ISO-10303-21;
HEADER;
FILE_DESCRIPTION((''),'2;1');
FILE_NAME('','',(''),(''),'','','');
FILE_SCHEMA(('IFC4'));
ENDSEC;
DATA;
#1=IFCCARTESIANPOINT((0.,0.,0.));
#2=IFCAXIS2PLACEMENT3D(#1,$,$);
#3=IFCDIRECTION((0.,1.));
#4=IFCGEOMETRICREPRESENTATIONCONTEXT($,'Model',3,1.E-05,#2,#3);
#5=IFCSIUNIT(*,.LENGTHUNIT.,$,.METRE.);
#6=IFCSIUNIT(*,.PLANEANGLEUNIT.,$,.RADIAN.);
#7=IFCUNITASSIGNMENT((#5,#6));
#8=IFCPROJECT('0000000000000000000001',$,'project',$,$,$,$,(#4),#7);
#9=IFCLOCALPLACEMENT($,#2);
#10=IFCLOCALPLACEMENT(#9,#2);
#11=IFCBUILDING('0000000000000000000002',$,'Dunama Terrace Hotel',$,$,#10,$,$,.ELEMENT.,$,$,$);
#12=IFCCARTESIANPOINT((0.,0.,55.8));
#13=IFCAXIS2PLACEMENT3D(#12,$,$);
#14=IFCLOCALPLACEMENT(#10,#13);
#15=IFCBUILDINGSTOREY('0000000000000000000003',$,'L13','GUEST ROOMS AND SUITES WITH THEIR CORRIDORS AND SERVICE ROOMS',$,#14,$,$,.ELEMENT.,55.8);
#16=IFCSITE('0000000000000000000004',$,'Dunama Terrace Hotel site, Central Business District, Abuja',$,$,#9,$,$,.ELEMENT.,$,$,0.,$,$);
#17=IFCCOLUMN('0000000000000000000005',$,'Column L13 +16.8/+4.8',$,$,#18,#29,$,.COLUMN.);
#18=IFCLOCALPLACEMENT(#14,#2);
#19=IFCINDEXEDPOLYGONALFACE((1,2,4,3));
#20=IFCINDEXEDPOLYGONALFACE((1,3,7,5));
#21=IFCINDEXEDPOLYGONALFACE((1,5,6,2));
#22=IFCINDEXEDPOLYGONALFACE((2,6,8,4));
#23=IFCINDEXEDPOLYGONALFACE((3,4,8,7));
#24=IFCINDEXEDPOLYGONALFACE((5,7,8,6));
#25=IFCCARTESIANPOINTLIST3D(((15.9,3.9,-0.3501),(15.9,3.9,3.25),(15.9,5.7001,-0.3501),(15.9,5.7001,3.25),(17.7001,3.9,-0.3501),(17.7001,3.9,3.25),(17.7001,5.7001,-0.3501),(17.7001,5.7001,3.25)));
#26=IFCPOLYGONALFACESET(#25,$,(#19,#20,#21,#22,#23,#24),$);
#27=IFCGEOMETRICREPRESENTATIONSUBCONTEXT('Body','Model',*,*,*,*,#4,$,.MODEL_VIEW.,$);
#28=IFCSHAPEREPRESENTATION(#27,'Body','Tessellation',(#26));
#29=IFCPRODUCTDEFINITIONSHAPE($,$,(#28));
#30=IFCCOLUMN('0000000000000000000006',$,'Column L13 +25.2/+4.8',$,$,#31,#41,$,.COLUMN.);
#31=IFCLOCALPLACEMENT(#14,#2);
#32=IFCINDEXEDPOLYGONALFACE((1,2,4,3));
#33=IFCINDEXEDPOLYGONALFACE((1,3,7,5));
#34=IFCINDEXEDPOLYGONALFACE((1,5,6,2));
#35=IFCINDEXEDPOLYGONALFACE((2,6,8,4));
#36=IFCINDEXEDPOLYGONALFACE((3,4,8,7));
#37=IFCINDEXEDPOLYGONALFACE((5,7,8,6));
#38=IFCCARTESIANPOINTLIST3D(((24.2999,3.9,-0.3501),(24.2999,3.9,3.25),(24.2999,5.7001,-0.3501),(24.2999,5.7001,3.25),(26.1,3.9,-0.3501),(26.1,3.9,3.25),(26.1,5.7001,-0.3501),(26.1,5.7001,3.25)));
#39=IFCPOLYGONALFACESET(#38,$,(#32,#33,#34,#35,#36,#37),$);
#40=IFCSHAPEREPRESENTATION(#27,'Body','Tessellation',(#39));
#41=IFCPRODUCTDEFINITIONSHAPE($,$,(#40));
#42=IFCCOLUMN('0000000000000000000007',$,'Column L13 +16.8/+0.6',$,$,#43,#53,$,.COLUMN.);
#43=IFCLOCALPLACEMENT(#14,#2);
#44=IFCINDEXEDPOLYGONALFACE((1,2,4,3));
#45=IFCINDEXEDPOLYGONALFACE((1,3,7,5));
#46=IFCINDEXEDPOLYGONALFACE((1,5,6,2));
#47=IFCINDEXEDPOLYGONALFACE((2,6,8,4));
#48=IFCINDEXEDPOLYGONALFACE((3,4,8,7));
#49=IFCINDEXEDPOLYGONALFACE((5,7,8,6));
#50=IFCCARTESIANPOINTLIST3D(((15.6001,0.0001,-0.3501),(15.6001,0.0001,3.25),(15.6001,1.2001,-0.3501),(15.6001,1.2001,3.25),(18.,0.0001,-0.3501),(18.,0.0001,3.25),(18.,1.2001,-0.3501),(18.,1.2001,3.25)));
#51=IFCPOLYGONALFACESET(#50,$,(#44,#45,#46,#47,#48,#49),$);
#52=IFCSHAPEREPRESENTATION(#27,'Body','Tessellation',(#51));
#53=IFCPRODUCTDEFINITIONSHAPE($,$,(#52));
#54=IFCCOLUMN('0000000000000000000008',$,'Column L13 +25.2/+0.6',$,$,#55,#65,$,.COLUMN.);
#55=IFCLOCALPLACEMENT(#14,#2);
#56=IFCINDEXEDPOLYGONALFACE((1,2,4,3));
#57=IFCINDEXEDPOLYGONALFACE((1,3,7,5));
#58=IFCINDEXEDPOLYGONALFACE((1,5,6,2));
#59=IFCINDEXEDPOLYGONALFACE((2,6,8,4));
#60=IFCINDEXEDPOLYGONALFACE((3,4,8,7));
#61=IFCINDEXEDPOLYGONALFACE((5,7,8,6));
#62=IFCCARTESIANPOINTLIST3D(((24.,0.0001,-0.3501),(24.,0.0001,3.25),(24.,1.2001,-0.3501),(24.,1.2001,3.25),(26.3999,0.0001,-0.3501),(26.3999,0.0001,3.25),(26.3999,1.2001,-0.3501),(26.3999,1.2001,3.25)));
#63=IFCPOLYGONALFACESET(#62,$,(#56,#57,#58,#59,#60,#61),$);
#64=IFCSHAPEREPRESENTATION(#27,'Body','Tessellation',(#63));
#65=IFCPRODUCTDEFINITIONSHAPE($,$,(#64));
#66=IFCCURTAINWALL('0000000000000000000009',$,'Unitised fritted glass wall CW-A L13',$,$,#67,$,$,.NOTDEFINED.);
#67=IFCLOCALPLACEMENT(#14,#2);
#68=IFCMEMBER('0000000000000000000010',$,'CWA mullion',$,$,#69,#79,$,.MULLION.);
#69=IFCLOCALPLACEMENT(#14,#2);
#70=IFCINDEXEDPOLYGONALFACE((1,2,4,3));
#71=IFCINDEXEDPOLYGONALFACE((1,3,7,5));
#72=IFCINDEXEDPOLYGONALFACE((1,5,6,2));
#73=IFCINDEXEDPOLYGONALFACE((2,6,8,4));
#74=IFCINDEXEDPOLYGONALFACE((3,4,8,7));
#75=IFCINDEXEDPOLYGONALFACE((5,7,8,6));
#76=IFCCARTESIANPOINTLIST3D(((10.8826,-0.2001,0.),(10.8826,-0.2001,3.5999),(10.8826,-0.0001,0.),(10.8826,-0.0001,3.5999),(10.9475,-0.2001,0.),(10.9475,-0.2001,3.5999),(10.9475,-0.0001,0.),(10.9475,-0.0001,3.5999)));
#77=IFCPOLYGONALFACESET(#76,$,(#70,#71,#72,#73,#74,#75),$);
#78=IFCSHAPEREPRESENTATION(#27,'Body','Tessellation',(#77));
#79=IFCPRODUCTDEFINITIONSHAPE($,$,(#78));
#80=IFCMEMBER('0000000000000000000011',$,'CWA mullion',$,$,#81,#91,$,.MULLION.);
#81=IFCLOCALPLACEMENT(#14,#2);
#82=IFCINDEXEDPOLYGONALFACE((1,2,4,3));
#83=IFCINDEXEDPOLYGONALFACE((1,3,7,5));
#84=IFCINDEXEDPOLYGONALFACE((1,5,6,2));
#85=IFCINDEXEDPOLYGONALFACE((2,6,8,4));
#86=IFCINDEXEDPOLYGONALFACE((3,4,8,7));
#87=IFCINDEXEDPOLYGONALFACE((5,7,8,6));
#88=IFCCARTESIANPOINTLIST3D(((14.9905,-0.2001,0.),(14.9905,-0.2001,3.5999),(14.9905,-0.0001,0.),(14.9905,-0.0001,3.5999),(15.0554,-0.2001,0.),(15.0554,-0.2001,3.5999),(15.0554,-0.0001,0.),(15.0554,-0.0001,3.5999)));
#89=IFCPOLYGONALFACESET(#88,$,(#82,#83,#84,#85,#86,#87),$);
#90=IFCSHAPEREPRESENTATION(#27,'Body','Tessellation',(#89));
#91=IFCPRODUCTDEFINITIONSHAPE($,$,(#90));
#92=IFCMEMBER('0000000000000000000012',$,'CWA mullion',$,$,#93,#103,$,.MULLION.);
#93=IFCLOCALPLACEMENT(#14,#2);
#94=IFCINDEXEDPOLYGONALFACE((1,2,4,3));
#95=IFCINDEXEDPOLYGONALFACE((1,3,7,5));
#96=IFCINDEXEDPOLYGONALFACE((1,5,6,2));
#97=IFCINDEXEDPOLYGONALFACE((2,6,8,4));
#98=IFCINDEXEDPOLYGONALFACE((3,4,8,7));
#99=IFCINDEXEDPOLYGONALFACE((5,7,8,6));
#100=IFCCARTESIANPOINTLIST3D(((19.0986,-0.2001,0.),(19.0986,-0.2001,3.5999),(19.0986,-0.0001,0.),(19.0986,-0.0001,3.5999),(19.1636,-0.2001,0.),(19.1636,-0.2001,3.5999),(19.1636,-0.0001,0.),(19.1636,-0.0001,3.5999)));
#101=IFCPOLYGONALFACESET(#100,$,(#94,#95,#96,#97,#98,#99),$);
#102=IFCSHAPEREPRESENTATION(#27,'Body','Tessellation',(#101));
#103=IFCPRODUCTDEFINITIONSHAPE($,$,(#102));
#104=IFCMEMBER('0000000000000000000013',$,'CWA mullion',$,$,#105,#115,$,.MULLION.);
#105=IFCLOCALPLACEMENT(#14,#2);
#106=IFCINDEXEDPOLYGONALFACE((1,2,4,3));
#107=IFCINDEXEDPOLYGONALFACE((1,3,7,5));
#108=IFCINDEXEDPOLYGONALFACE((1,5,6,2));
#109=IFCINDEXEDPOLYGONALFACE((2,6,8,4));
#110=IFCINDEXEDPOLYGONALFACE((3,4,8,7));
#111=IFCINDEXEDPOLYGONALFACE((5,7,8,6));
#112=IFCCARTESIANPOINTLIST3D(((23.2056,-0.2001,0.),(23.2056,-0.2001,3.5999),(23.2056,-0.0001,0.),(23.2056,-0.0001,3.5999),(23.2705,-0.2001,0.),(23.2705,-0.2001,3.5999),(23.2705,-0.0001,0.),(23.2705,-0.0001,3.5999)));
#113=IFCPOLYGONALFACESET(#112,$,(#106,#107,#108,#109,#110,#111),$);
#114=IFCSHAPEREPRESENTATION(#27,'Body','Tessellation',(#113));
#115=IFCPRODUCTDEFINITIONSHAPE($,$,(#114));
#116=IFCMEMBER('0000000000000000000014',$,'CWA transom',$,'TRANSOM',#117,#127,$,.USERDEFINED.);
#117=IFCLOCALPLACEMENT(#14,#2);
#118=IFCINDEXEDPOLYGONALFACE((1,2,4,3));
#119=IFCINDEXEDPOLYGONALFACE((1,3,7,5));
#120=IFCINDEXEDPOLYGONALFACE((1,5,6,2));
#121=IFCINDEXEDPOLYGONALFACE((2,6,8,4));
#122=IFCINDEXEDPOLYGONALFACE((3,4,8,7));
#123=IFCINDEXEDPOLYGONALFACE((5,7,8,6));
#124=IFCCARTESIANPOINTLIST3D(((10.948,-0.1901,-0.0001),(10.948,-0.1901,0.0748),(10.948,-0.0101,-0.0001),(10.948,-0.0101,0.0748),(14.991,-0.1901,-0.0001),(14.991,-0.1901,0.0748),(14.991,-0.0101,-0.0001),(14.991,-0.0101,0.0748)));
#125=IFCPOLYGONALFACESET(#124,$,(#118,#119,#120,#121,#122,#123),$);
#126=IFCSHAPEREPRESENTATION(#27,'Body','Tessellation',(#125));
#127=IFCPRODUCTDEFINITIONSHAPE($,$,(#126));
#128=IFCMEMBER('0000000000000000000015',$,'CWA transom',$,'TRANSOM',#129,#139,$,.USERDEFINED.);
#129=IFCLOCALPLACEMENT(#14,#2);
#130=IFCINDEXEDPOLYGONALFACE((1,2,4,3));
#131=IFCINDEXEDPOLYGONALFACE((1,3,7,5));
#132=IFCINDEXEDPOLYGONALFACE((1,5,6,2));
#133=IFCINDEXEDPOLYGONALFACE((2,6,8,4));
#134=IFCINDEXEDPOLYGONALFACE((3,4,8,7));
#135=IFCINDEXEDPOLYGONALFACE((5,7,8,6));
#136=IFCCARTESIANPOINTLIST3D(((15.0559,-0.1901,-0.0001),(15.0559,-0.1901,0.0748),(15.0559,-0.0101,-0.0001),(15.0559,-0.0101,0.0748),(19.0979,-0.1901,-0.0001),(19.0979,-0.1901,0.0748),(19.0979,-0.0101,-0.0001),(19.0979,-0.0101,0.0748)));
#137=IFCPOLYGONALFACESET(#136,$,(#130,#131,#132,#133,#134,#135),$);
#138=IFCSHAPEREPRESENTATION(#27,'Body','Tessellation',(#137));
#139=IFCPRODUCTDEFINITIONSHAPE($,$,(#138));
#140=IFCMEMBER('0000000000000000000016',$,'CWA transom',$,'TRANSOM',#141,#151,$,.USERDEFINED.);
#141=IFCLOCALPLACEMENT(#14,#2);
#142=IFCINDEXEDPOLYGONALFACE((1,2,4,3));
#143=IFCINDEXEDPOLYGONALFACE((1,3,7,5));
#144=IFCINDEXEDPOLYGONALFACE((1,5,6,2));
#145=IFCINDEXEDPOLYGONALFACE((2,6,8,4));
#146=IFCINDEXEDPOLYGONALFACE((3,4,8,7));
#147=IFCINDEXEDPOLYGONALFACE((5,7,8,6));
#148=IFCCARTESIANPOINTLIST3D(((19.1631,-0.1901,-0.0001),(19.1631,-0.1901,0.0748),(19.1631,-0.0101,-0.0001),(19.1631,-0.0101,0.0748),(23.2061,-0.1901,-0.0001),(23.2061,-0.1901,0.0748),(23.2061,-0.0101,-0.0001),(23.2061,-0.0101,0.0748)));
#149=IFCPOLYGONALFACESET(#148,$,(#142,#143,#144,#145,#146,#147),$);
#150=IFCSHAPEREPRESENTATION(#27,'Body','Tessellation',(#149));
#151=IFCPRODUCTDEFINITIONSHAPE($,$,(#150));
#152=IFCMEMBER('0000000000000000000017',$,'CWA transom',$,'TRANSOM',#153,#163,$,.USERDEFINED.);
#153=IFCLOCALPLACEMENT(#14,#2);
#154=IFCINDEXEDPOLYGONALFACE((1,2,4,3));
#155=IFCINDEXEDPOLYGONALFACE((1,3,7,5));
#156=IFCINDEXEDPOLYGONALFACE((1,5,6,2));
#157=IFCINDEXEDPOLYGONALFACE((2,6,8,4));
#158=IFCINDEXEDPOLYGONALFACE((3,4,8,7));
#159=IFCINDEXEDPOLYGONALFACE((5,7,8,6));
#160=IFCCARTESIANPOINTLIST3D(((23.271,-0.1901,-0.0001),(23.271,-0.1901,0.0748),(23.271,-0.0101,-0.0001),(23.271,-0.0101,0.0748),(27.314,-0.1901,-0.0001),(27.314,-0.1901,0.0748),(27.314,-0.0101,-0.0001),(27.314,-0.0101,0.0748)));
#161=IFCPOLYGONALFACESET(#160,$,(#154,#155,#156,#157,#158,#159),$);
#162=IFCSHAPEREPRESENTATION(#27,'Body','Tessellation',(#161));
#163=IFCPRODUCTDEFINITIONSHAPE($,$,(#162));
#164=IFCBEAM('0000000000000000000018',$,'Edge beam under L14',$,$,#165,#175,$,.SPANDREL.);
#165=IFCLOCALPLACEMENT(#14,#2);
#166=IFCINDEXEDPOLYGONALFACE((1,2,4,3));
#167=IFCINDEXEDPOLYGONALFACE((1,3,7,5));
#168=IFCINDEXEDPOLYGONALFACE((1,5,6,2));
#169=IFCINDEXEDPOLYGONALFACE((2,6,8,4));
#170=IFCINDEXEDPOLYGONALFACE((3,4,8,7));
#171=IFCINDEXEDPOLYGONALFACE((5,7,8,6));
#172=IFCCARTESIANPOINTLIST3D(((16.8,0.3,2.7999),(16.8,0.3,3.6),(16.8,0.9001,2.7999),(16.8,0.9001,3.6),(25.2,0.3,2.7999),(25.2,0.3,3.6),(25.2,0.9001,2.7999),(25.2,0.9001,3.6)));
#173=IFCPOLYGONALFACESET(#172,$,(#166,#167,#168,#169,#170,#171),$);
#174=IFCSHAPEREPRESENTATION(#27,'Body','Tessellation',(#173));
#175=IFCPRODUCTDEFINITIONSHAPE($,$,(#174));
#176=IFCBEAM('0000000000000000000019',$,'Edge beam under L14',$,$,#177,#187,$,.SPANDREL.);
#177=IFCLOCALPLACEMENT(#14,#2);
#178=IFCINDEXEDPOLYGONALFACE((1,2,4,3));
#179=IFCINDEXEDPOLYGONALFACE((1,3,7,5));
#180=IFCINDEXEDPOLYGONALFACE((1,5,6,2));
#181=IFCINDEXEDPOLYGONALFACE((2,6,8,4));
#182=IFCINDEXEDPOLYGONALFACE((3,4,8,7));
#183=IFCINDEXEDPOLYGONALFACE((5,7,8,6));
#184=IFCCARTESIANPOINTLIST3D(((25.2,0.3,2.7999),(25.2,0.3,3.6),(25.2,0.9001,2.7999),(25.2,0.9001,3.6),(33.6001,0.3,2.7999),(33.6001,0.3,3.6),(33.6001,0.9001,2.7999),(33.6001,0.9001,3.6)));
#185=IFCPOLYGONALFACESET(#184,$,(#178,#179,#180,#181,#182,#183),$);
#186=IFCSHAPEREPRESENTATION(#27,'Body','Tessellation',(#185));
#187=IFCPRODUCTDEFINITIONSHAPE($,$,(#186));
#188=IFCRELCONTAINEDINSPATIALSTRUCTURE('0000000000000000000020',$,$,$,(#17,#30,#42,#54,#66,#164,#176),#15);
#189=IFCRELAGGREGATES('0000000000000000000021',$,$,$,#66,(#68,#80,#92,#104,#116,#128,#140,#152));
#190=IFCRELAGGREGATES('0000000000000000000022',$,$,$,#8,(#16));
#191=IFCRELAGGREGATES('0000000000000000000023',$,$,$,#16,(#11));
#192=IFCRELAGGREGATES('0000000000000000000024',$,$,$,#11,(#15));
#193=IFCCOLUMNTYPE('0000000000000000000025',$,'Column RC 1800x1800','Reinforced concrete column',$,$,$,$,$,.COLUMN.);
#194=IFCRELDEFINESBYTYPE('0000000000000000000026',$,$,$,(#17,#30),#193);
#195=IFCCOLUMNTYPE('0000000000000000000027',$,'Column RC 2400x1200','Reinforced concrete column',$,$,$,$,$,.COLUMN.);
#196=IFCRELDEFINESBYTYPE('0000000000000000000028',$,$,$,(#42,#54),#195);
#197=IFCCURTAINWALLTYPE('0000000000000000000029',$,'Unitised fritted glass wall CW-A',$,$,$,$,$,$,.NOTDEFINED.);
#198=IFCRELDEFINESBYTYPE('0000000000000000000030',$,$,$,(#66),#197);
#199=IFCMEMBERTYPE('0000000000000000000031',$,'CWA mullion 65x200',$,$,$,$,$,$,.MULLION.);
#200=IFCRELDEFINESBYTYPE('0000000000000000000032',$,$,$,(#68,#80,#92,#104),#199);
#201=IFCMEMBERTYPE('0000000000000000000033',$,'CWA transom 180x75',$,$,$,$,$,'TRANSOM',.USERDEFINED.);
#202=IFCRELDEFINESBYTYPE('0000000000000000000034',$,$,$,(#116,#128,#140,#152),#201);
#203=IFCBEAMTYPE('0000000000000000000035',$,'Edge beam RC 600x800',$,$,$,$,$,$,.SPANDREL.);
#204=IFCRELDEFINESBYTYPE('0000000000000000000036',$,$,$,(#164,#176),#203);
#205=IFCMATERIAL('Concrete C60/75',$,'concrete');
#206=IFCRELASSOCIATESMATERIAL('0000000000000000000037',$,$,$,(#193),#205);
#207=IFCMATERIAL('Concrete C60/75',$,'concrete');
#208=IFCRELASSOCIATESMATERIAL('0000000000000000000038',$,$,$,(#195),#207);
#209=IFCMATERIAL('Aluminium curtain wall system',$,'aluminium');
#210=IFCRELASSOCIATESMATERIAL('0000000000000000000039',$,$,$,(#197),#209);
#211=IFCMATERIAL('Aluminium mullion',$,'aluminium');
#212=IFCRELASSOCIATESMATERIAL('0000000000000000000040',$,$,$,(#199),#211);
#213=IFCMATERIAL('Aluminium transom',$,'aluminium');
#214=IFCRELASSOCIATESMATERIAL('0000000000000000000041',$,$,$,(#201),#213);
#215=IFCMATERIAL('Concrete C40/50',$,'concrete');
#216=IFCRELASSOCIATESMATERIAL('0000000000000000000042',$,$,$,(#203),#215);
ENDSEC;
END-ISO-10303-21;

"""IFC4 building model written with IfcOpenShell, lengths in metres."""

from ifc_helpers import new_model, si_unit, direction, frame, origin, origin_2d, place, context, subcontext, project, spatial, rectangle, extrude, material, material_profile, profile_set, type_object, element, aggregate, save


model = new_model("IFC4")

# Units and contexts
model_context = context("Model", 3, precision=1e-05, world=origin(), true_north=direction((0.0, 1.0)))
body_context = subcontext(model_context, "Body", "Model", "MODEL_VIEW")
ifc_project = project(units=[si_unit("LENGTHUNIT", "METRE"), si_unit("PLANEANGLEUNIT", "RADIAN")], contexts=[model_context])

# Site, building, storey
site_placement = place(None, origin())
site = spatial("IfcSite", under=ifc_project, at=site_placement, Name="Dunama Terrace Hotel site, Central Business District, Abuja", CompositionType="ELEMENT", RefElevation=0.0)
building_placement = place(site_placement, origin())
building = spatial("IfcBuilding", under=site, at=building_placement, Name="Dunama Terrace Hotel", CompositionType="ELEMENT")
storey_placement = place(building_placement, frame((0.0, 0.0, 55.8)))
storey = spatial("IfcBuildingStorey", under=building, at=storey_placement, Name="L13", Description="GUEST ROOMS AND SUITES WITH THEIR CORRIDORS AND SERVICE ROOMS", CompositionType="ELEMENT", Elevation=55.8)

# Columns
ifc_material_1 = material(Name="Concrete C60/75", Category="concrete")
ifc_material_profile_1 = material_profile(ifc_material_1, rectangle(XDim=1.8, YDim=1.8, at=origin_2d()), Name="RC 1800x1800")
ifc_profile_set_1 = profile_set([ifc_material_profile_1], Name="Concrete C60/75")
column_type_1 = type_object("IfcColumnType", Name="Column RC 1800x1800", Description="Reinforced concrete column", PredefinedType="COLUMN", material=ifc_profile_set_1)
for number, where, z_axis, x_axis, name in (
    (1, (16.8, 4.8, -0.3501), (0.0, 0.0, 1.0), (1.0, 0.0, 0.0), "Column L13 +16.8/+4.8"),
    (2, (25.2, 4.8, -0.3501), (0.0, 0.0, 1.0), (1.0, 0.0, 0.0), "Column L13 +25.2/+4.8"),
):
    element("IfcColumn", number, at=place(storey_placement, frame(where, z_axis=z_axis, x_axis=x_axis)), inside=storey, type_object=column_type_1, Name=name, PredefinedType="COLUMN", context=body_context, shape_type="SweptSolid", body=[
        extrude(rectangle(XDim=1.8, YDim=1.8, at=origin_2d()), origin(), (0.0, 0.0, 1.0), 3.6001),
    ])
ifc_material_2 = material(Name="Concrete C60/75", Category="concrete")
ifc_material_profile_2 = material_profile(ifc_material_2, rectangle(XDim=2.3999, YDim=1.2, at=origin_2d()), Name="RC 2400x1200")
ifc_profile_set_2 = profile_set([ifc_material_profile_2], Name="Concrete C60/75")
column_type_2 = type_object("IfcColumnType", Name="Column RC 2400x1200", Description="Reinforced concrete column", PredefinedType="COLUMN", material=ifc_profile_set_2)
for number, where, z_axis, x_axis, name in (
    (3, (16.8, 0.6001, -0.3501), (0.0, 0.0, 1.0), (1.0, 0.0, 0.0), "Column L13 +16.8/+0.6"),
    (4, (25.2, 0.6001, -0.3501), (0.0, 0.0, 1.0), (1.0, 0.0, 0.0), "Column L13 +25.2/+0.6"),
):
    element("IfcColumn", number, at=place(storey_placement, frame(where, z_axis=z_axis, x_axis=x_axis)), inside=storey, type_object=column_type_2, Name=name, PredefinedType="COLUMN", context=body_context, shape_type="SweptSolid", body=[
        extrude(rectangle(XDim=2.3999, YDim=1.2, at=origin_2d()), origin(), (0.0, 0.0, 1.0), 3.6001),
    ])

# Curtain wall, members
ifc_material_3 = material(Name="Aluminium curtain wall system", Category="aluminium")
curtain_wall_type = type_object("IfcCurtainWallType", Name="Unitised fritted glass wall CW-A", PredefinedType="NOTDEFINED", material=ifc_material_3)
curtain_wall_placement = place(storey_placement, origin())
curtain_wall = element("IfcCurtainWall", 5, at=curtain_wall_placement, inside=storey, type_object=curtain_wall_type, Name="Unitised fritted glass wall CW-A L13", PredefinedType="NOTDEFINED")
ifc_material_4 = material(Name="Aluminium mullion", Category="aluminium")
ifc_material_profile_3 = material_profile(ifc_material_4, rectangle(XDim=0.0649, YDim=0.2, at=origin_2d()), Name="CWA MULLION 65X200")
ifc_profile_set_3 = profile_set([ifc_material_profile_3], Name="Aluminium mullion")
member_type_1 = type_object("IfcMemberType", Name="CWA mullion 65x200", PredefinedType="MULLION", material=ifc_profile_set_3)
member_1_placement = place(storey_placement, frame((10.915, -0.1001, 0.0), z_axis=(0.0, 0.0, 1.0), x_axis=(1.0, 0.0, 0.0)))
member_1 = element("IfcMember", 6, at=member_1_placement, type_object=member_type_1, Name="CWA mullion", PredefinedType="MULLION", context=body_context, shape_type="SweptSolid", body=[
    extrude(rectangle(XDim=0.0649, YDim=0.2, at=origin_2d()), origin(), (0.0, 0.0, 1.0), 3.5999),
])
member_2_placement = place(storey_placement, frame((15.0229, -0.1001, 0.0), z_axis=(0.0, 0.0, 1.0), x_axis=(1.0, 0.0, 0.0)))
member_2 = element("IfcMember", 7, at=member_2_placement, type_object=member_type_1, Name="CWA mullion", PredefinedType="MULLION", context=body_context, shape_type="SweptSolid", body=[
    extrude(rectangle(XDim=0.0649, YDim=0.2, at=origin_2d()), origin(), (0.0, 0.0, 1.0), 3.5999),
])
member_3_placement = place(storey_placement, frame((19.1311, -0.1001, 0.0), z_axis=(0.0, 0.0, 1.0), x_axis=(1.0, 0.0, 0.0)))
member_3 = element("IfcMember", 8, at=member_3_placement, type_object=member_type_1, Name="CWA mullion", PredefinedType="MULLION", context=body_context, shape_type="SweptSolid", body=[
    extrude(rectangle(XDim=0.0649, YDim=0.2, at=origin_2d()), origin(), (0.0, 0.0, 1.0), 3.5999),
])
member_4_placement = place(storey_placement, frame((23.238, -0.1001, 0.0), z_axis=(0.0, 0.0, 1.0), x_axis=(1.0, 0.0, 0.0)))
member_4 = element("IfcMember", 9, at=member_4_placement, type_object=member_type_1, Name="CWA mullion", PredefinedType="MULLION", context=body_context, shape_type="SweptSolid", body=[
    extrude(rectangle(XDim=0.0649, YDim=0.2, at=origin_2d()), origin(), (0.0, 0.0, 1.0), 3.5999),
])
ifc_material_5 = material(Name="Aluminium transom", Category="aluminium")
ifc_material_profile_4 = material_profile(ifc_material_5, rectangle(XDim=0.1799, YDim=0.075, at=origin_2d()), Name="CWA TRANSOM 180X75")
ifc_profile_set_4 = profile_set([ifc_material_profile_4], Name="Aluminium transom")
member_type_2 = type_object("IfcMemberType", Name="CWA transom 180x75", ElementType="TRANSOM", PredefinedType="USERDEFINED", material=ifc_profile_set_4)
member_5_placement = place(storey_placement, frame((10.948, -0.1001, 0.0374), z_axis=(1.0, 0.0, 0.0), x_axis=(0.0, 1.0, 0.0)))
member_5 = element("IfcMember", 10, at=member_5_placement, type_object=member_type_2, Name="CWA transom", ObjectType="TRANSOM", PredefinedType="USERDEFINED", context=body_context, shape_type="SweptSolid", body=[
    extrude(rectangle(XDim=0.1799, YDim=0.075, at=origin_2d()), origin(), (0.0, 0.0, 1.0), 4.043),
])
member_6_placement = place(storey_placement, frame((15.0559, -0.1001, 0.0374), z_axis=(1.0, 0.0, 0.0), x_axis=(0.0, 1.0, 0.0)))
member_6 = element("IfcMember", 11, at=member_6_placement, type_object=member_type_2, Name="CWA transom", ObjectType="TRANSOM", PredefinedType="USERDEFINED", context=body_context, shape_type="SweptSolid", body=[
    extrude(rectangle(XDim=0.1799, YDim=0.075, at=origin_2d()), origin(), (0.0, 0.0, 1.0), 4.042),
])
member_7_placement = place(storey_placement, frame((19.1631, -0.1001, 0.0374), z_axis=(1.0, 0.0, 0.0), x_axis=(0.0, 1.0, 0.0)))
member_7 = element("IfcMember", 12, at=member_7_placement, type_object=member_type_2, Name="CWA transom", ObjectType="TRANSOM", PredefinedType="USERDEFINED", context=body_context, shape_type="SweptSolid", body=[
    extrude(rectangle(XDim=0.1799, YDim=0.075, at=origin_2d()), origin(), (0.0, 0.0, 1.0), 4.043),
])
member_8_placement = place(storey_placement, frame((23.271, -0.1001, 0.0374), z_axis=(1.0, 0.0, 0.0), x_axis=(0.0, 1.0, 0.0)))
member_8 = element("IfcMember", 13, at=member_8_placement, type_object=member_type_2, Name="CWA transom", ObjectType="TRANSOM", PredefinedType="USERDEFINED", context=body_context, shape_type="SweptSolid", body=[
    extrude(rectangle(XDim=0.1799, YDim=0.075, at=origin_2d()), origin(), (0.0, 0.0, 1.0), 4.043),
])

# Beams
ifc_material_6 = material(Name="Concrete C40/50", Category="concrete")
ifc_material_profile_5 = material_profile(ifc_material_6, rectangle(XDim=0.6001, YDim=0.8, at=origin_2d()), Name="RC 600x800")
ifc_profile_set_5 = profile_set([ifc_material_profile_5], Name="Concrete C40/50")
beam_type = type_object("IfcBeamType", Name="Edge beam RC 600x800", PredefinedType="SPANDREL", material=ifc_profile_set_5)
beam_1_placement = place(storey_placement, frame((16.8, 0.6001, 3.2), z_axis=(1.0, 0.0, 0.0), x_axis=(0.0, 1.0, 0.0)))
element("IfcBeam", 14, at=beam_1_placement, inside=storey, type_object=beam_type, Name="Edge beam under L14", PredefinedType="SPANDREL", context=body_context, shape_type="SweptSolid", body=[
    extrude(rectangle(XDim=0.6001, YDim=0.8, at=origin_2d()), origin(), (0.0, 0.0, 1.0), 8.3999),
])
beam_2_placement = place(storey_placement, frame((25.2, 0.6001, 3.2), z_axis=(1.0, 0.0, 0.0), x_axis=(0.0, 1.0, 0.0)))
element("IfcBeam", 15, at=beam_2_placement, inside=storey, type_object=beam_type, Name="Edge beam under L14", PredefinedType="SPANDREL", context=body_context, shape_type="SweptSolid", body=[
    extrude(rectangle(XDim=0.6001, YDim=0.8, at=origin_2d()), origin(), (0.0, 0.0, 1.0), 8.4001),
])

aggregate(curtain_wall, [member_1, member_2, member_3, member_4, member_5, member_6, member_7, member_8])

save(model, "model.ifc")
